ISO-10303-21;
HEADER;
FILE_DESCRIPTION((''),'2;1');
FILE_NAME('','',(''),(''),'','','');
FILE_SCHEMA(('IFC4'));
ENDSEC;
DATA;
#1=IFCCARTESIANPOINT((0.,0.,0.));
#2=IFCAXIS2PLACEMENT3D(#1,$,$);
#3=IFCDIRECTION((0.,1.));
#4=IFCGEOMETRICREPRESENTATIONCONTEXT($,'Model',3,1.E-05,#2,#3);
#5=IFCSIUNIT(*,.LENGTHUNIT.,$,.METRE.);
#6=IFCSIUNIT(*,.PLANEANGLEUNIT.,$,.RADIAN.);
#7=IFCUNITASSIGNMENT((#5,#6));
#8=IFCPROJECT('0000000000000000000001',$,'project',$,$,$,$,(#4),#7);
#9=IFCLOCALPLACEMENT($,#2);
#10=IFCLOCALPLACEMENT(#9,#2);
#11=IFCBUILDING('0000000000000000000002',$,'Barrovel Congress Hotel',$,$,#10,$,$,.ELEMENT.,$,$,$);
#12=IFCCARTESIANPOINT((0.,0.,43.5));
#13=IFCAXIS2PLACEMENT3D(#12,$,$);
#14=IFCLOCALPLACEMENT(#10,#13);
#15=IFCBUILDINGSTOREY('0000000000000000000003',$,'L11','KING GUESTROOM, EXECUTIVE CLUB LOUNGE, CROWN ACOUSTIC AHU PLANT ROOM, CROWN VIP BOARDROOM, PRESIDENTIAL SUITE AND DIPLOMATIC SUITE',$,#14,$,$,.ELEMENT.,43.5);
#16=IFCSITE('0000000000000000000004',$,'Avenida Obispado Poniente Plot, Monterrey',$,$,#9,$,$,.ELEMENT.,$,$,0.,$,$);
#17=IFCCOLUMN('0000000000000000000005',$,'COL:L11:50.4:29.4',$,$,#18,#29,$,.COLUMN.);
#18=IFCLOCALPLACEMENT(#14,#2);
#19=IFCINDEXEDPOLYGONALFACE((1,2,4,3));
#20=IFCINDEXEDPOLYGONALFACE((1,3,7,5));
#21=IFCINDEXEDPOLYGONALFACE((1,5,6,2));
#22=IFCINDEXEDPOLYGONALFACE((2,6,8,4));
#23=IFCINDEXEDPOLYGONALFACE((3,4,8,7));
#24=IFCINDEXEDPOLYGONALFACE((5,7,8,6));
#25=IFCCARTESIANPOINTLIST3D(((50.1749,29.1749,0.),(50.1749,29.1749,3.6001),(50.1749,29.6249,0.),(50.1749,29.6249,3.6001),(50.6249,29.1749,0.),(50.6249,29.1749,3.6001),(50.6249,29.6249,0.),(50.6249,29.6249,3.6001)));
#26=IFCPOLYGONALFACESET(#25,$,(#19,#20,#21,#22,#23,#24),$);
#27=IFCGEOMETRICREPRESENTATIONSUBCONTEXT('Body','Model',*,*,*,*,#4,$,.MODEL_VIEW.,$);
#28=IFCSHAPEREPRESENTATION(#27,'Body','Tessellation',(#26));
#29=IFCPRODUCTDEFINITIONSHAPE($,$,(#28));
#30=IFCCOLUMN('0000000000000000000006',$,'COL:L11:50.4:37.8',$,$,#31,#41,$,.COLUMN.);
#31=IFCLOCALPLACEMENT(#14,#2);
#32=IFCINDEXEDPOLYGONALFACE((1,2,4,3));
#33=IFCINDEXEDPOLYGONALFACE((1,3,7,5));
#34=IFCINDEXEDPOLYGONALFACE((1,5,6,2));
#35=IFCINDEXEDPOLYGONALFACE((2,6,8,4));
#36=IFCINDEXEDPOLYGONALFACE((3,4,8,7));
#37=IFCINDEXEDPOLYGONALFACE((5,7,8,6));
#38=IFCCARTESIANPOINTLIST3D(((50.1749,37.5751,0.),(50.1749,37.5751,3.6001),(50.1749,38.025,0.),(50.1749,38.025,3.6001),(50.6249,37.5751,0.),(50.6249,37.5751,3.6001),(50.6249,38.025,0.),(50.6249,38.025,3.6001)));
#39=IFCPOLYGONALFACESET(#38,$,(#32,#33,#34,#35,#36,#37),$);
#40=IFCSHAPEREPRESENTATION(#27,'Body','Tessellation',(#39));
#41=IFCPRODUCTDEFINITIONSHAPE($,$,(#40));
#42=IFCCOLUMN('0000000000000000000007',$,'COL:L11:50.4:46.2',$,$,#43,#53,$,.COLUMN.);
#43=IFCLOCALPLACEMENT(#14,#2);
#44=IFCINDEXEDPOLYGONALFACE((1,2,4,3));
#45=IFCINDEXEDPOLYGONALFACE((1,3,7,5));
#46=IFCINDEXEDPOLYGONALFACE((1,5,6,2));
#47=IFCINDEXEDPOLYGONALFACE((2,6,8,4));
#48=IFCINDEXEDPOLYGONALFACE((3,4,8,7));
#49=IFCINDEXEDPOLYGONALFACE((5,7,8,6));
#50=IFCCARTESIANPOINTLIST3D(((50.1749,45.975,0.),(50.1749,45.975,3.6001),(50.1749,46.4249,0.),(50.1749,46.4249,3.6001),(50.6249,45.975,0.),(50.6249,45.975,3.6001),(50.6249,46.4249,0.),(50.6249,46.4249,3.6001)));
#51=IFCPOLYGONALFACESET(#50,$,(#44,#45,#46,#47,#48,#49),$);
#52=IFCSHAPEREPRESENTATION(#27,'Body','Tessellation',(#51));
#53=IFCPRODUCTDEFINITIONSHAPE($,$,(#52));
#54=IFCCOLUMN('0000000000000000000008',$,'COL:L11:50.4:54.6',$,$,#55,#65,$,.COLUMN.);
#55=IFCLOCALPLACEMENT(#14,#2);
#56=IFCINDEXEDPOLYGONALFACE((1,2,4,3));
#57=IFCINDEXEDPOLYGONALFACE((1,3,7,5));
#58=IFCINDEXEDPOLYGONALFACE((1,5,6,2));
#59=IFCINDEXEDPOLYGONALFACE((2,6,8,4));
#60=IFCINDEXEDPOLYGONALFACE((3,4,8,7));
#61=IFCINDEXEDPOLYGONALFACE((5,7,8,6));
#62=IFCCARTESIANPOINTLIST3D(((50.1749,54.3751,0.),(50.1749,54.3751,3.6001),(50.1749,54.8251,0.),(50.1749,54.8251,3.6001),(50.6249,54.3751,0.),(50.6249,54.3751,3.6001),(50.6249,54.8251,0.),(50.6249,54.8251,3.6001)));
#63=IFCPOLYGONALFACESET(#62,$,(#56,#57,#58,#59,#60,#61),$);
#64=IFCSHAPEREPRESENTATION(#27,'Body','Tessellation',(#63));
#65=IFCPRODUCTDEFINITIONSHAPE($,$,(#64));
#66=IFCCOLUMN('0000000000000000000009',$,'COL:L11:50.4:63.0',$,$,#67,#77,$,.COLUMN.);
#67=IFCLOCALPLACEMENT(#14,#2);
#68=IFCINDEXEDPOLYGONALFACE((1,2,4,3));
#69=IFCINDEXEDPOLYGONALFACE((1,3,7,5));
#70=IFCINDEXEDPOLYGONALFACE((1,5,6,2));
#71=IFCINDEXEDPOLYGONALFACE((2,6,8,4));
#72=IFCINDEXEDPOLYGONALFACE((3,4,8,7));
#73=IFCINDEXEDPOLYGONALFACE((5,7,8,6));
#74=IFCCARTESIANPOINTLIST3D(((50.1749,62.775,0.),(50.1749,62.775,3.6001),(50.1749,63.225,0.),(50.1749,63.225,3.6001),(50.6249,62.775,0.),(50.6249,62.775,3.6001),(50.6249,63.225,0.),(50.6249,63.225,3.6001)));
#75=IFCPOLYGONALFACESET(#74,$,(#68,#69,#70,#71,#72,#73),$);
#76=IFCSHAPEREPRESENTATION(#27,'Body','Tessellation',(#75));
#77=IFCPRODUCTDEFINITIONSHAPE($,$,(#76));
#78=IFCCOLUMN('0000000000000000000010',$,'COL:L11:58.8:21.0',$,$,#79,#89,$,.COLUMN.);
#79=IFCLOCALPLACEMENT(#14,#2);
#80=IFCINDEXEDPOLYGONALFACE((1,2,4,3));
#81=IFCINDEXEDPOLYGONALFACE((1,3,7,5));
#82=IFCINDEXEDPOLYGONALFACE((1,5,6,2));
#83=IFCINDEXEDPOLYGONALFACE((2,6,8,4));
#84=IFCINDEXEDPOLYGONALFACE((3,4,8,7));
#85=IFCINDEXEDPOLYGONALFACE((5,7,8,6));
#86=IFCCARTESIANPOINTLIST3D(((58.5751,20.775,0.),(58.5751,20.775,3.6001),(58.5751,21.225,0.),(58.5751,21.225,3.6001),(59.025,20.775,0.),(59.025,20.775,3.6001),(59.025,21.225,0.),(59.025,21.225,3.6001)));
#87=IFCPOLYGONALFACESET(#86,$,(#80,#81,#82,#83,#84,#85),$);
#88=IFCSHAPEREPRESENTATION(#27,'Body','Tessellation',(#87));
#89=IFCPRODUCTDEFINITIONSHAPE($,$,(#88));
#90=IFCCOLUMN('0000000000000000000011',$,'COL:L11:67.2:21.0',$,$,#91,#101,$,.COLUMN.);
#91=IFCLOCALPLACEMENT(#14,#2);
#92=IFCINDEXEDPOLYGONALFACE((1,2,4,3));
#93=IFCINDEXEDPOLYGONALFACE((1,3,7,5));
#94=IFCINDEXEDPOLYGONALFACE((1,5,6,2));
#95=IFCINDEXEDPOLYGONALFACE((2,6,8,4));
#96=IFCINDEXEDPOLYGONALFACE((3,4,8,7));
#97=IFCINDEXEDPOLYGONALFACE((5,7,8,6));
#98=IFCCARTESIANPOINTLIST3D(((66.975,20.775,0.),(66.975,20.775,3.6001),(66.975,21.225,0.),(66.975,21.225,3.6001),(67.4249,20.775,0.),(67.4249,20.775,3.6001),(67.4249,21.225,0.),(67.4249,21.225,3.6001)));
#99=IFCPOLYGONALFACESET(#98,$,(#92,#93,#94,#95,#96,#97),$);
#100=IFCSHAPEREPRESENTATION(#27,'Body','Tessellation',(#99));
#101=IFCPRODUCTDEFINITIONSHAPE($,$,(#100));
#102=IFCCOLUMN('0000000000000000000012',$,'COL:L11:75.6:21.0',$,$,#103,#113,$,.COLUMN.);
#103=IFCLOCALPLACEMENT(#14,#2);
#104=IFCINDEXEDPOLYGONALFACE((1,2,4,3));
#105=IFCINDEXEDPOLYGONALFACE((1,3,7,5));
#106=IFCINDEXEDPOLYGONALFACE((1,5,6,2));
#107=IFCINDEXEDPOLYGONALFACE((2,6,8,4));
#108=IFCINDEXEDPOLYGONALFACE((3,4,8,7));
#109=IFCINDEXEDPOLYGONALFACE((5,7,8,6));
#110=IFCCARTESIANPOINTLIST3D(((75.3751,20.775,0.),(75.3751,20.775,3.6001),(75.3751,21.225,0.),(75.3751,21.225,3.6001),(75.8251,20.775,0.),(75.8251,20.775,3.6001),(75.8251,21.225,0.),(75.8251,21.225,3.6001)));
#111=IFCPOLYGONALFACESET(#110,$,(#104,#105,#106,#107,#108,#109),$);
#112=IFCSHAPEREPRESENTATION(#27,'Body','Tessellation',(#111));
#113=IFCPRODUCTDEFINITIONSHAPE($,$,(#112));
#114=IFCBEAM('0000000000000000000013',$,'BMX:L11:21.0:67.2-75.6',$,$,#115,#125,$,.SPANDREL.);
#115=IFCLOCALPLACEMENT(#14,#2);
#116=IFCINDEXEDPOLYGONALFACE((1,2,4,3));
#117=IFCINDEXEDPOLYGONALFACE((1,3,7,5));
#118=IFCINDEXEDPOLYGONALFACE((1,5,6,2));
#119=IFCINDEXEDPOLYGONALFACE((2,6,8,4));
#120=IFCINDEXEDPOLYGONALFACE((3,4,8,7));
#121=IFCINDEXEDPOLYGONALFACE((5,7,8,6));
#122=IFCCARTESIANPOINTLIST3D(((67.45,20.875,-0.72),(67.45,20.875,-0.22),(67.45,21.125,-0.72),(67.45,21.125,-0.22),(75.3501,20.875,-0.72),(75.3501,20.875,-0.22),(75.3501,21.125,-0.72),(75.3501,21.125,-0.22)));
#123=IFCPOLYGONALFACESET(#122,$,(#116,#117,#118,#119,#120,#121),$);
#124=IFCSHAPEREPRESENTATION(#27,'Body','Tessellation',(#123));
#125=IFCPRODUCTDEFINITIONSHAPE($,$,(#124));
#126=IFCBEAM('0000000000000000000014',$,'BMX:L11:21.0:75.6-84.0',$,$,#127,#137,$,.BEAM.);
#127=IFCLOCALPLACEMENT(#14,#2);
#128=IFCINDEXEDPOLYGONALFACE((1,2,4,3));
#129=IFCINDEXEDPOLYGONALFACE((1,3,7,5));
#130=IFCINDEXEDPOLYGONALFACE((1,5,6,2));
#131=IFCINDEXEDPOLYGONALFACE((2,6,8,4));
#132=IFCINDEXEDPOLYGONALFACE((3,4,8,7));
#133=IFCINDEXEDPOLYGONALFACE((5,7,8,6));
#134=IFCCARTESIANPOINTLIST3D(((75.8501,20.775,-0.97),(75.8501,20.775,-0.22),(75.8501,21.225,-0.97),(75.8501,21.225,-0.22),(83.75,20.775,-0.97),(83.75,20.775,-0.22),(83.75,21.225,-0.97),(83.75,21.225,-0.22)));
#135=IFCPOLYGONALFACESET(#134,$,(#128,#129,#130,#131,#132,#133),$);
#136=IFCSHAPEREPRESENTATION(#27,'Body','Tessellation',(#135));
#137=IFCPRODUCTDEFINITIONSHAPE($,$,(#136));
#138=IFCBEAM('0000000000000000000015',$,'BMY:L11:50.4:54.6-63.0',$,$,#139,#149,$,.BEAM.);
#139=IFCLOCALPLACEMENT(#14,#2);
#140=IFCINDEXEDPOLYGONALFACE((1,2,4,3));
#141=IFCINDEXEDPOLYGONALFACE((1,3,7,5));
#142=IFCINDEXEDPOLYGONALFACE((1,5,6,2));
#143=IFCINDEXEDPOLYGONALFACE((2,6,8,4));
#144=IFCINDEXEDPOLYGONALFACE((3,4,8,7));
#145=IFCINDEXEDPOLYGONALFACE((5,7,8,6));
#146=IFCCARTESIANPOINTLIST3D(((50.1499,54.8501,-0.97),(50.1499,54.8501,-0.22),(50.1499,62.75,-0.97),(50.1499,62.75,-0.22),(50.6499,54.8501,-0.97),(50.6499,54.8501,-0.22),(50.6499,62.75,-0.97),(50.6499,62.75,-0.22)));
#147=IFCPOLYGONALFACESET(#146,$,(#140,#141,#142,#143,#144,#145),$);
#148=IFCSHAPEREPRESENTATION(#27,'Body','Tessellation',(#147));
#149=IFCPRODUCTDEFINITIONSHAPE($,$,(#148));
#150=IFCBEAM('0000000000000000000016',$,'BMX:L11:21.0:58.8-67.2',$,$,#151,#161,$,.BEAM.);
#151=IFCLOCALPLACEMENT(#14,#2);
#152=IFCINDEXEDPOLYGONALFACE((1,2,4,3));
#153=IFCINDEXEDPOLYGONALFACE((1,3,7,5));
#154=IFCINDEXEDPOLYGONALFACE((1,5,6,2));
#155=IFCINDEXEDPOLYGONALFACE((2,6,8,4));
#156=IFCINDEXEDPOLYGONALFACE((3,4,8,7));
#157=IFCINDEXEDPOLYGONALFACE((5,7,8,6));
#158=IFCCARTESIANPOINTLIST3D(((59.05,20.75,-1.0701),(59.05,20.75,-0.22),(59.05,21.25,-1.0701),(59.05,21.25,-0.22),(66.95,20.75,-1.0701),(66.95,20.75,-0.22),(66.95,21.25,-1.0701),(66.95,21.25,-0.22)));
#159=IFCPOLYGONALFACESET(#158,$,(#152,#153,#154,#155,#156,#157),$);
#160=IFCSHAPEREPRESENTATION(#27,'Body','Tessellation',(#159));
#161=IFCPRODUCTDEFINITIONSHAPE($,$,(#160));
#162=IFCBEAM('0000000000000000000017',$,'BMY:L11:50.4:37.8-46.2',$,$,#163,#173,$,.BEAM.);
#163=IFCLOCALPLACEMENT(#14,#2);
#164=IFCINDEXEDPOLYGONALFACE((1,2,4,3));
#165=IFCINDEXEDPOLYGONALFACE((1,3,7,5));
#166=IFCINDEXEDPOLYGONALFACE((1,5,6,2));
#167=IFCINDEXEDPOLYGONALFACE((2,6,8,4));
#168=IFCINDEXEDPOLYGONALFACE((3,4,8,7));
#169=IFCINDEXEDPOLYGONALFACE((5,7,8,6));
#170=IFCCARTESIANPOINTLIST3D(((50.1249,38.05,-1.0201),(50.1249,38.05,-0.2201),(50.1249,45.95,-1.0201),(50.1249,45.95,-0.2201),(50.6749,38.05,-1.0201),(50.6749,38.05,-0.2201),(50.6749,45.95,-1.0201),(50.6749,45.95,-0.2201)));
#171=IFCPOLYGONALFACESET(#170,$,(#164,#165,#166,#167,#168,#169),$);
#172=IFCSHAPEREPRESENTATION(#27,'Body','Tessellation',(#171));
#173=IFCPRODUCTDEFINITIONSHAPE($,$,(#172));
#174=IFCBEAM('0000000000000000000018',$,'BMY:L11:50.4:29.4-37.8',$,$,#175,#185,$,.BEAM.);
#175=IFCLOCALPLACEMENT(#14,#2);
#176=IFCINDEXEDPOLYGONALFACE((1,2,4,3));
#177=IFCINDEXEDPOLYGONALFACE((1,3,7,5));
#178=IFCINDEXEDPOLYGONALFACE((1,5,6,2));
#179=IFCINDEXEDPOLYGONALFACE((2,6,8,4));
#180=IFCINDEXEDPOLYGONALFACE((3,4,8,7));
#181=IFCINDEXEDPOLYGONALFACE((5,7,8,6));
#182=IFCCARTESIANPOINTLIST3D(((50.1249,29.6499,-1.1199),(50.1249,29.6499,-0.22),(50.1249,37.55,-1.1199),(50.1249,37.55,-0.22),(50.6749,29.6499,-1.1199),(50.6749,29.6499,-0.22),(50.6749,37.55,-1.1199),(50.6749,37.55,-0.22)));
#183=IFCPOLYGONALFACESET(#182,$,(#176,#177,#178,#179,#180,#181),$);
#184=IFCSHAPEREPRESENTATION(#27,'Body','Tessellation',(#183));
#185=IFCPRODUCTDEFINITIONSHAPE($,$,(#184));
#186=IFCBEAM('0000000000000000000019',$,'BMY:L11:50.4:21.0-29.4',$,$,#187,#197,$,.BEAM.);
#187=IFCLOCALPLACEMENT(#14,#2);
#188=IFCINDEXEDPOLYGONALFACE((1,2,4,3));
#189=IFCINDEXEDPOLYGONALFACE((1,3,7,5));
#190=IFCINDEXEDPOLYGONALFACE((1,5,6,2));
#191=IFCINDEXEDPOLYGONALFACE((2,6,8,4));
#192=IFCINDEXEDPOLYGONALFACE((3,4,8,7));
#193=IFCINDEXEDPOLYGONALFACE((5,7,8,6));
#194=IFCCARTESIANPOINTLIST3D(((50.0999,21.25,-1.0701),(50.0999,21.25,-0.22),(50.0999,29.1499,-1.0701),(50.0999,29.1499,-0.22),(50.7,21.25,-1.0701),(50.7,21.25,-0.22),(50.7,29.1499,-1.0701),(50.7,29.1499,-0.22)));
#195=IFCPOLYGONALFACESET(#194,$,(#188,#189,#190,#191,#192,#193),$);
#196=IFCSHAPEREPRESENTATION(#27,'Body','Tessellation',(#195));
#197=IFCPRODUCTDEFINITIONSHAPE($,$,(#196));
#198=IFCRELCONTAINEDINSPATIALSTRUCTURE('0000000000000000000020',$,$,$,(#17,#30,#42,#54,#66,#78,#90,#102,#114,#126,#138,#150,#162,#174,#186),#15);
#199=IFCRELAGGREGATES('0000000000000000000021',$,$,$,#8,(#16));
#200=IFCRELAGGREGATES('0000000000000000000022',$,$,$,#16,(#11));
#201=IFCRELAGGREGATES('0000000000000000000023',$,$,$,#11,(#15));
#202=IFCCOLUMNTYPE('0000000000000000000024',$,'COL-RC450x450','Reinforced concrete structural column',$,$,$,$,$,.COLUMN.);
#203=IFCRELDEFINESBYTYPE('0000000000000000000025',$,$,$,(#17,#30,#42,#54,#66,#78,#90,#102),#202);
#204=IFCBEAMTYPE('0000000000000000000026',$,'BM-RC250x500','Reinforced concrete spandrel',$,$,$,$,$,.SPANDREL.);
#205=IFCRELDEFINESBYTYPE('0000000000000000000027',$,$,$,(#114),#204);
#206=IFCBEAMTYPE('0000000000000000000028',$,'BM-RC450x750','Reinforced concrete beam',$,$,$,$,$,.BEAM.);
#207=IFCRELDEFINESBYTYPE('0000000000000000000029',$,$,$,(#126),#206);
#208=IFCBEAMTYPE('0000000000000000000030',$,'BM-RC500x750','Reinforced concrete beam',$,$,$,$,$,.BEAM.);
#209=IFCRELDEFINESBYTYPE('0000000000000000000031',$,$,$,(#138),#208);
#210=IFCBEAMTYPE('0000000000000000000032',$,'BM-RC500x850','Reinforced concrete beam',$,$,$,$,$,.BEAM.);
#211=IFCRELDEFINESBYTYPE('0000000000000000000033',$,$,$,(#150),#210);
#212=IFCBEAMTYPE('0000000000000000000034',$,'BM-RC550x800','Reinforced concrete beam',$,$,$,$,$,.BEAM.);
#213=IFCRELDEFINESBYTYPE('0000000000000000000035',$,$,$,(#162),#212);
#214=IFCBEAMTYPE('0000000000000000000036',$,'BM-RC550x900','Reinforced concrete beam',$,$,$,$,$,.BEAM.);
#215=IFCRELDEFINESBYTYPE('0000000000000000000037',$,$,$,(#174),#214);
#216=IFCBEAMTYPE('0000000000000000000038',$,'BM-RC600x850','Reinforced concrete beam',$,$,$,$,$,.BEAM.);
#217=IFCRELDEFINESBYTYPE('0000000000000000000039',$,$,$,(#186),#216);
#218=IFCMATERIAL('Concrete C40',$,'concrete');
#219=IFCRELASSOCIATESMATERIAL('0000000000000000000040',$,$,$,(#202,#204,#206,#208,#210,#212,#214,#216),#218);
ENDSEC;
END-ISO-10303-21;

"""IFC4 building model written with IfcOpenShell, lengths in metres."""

from ifc_helpers import new_model, si_unit, direction, frame, origin, origin_2d, place, context, subcontext, project, spatial, rectangle, extrude, material, material_profile, profile_set, type_object, element, save


model = new_model("IFC4")

# Units and contexts
model_context = context("Model", 3, precision=1e-05, world=origin(), true_north=direction((0.0, 1.0)))
body_context = subcontext(model_context, "Body", "Model", "MODEL_VIEW")
ifc_project = project(units=[si_unit("LENGTHUNIT", "METRE"), si_unit("PLANEANGLEUNIT", "RADIAN")], contexts=[model_context])

# Site, building, storey
site_placement = place(None, origin())
site = spatial("IfcSite", under=ifc_project, at=site_placement, Name="Avenida Obispado Poniente Plot, Monterrey", CompositionType="ELEMENT", RefElevation=0.0)
building_placement = place(site_placement, origin())
building = spatial("IfcBuilding", under=site, at=building_placement, Name="Barrovel Congress Hotel", CompositionType="ELEMENT")
storey_placement = place(building_placement, frame((0.0, 0.0, 43.5)))
storey = spatial("IfcBuildingStorey", under=building, at=storey_placement, Name="L11", Description="KING GUESTROOM, EXECUTIVE CLUB LOUNGE, CROWN ACOUSTIC AHU PLANT ROOM, CROWN VIP BOARDROOM, PRESIDENTIAL SUITE AND DIPLOMATIC SUITE", CompositionType="ELEMENT", Elevation=43.5)

# Columns
ifc_material_1 = material(Name="Concrete C40", Category="concrete")
ifc_material_profile_1 = material_profile(ifc_material_1, rectangle(XDim=0.45, YDim=0.45, at=origin_2d()), Name="RC450x450")
ifc_profile_set_1 = profile_set([ifc_material_profile_1], Name="Concrete C40")
column_type = type_object("IfcColumnType", Name="COL-RC450x450", Description="Reinforced concrete structural column", PredefinedType="COLUMN", material=ifc_profile_set_1)
for number, where, z_axis, x_axis, name in (
    (1, (50.3999, 29.3999, 0.0), (0.0, 0.0, 1.0), (1.0, 0.0, 0.0), "COL:L11:50.4:29.4"),
    (2, (50.3999, 37.8, 0.0), (0.0, 0.0, 1.0), (1.0, 0.0, 0.0), "COL:L11:50.4:37.8"),
    (3, (50.3999, 46.2, 0.0), (0.0, 0.0, 1.0), (1.0, 0.0, 0.0), "COL:L11:50.4:46.2"),
    (4, (50.3999, 54.6001, 0.0), (0.0, 0.0, 1.0), (1.0, 0.0, 0.0), "COL:L11:50.4:54.6"),
    (5, (50.3999, 63.0, 0.0), (0.0, 0.0, 1.0), (1.0, 0.0, 0.0), "COL:L11:50.4:63.0"),
    (6, (58.8, 21.0, 0.0), (0.0, 0.0, 1.0), (1.0, 0.0, 0.0), "COL:L11:58.8:21.0"),
    (7, (67.2, 21.0, 0.0), (0.0, 0.0, 1.0), (1.0, 0.0, 0.0), "COL:L11:67.2:21.0"),
    (8, (75.6001, 21.0, 0.0), (0.0, 0.0, 1.0), (1.0, 0.0, 0.0), "COL:L11:75.6:21.0"),
):
    element("IfcColumn", number, at=place(storey_placement, frame(where, z_axis=z_axis, x_axis=x_axis)), inside=storey, type_object=column_type, Name=name, PredefinedType="COLUMN", context=body_context, shape_type="SweptSolid", body=[
        extrude(rectangle(XDim=0.45, YDim=0.45, at=origin_2d()), origin(), (0.0, 0.0, 1.0), 3.6001),
    ])

# Beams
ifc_material_profile_2 = material_profile(ifc_material_1, rectangle(XDim=0.25, YDim=0.5, at=origin_2d()), Name="RC250x500")
ifc_profile_set_2 = profile_set([ifc_material_profile_2], Name="Concrete C40")
beam_type_1 = type_object("IfcBeamType", Name="BM-RC250x500", Description="Reinforced concrete spandrel", PredefinedType="SPANDREL", material=ifc_profile_set_2)
beam_1_placement = place(storey_placement, frame((67.45, 21.0, -0.47), z_axis=(1.0, 0.0, 0.0), x_axis=(0.0, 1.0, 0.0)))
element("IfcBeam", 9, at=beam_1_placement, inside=storey, type_object=beam_type_1, Name="BMX:L11:21.0:67.2-75.6", PredefinedType="SPANDREL", context=body_context, shape_type="SweptSolid", body=[
    extrude(rectangle(XDim=0.25, YDim=0.5, at=origin_2d()), origin(), (0.0, 0.0, 1.0), 7.9001),
])
ifc_material_profile_3 = material_profile(ifc_material_1, rectangle(XDim=0.45, YDim=0.75, at=origin_2d()), Name="RC450x750")
ifc_profile_set_3 = profile_set([ifc_material_profile_3], Name="Concrete C40")
beam_type_2 = type_object("IfcBeamType", Name="BM-RC450x750", Description="Reinforced concrete beam", PredefinedType="BEAM", material=ifc_profile_set_3)
beam_2_placement = place(storey_placement, frame((75.8501, 21.0, -0.595), z_axis=(1.0, 0.0, 0.0), x_axis=(0.0, 1.0, 0.0)))
element("IfcBeam", 10, at=beam_2_placement, inside=storey, type_object=beam_type_2, Name="BMX:L11:21.0:75.6-84.0", PredefinedType="BEAM", context=body_context, shape_type="SweptSolid", body=[
    extrude(rectangle(XDim=0.45, YDim=0.75, at=origin_2d()), origin(), (0.0, 0.0, 1.0), 7.8999),
])
ifc_material_profile_4 = material_profile(ifc_material_1, rectangle(XDim=0.5, YDim=0.75, at=origin_2d()), Name="RC500x750")
ifc_profile_set_4 = profile_set([ifc_material_profile_4], Name="Concrete C40")
beam_type_3 = type_object("IfcBeamType", Name="BM-RC500x750", Description="Reinforced concrete beam", PredefinedType="BEAM", material=ifc_profile_set_4)
beam_3_placement = place(storey_placement, frame((50.3999, 54.8501, -0.595), z_axis=(0.0, 1.0, 0.0), x_axis=(-1.0, 0.0, 0.0)))
element("IfcBeam", 11, at=beam_3_placement, inside=storey, type_object=beam_type_3, Name="BMY:L11:50.4:54.6-63.0", PredefinedType="BEAM", context=body_context, shape_type="SweptSolid", body=[
    extrude(rectangle(XDim=0.5, YDim=0.75, at=origin_2d()), origin(), (0.0, 0.0, 1.0), 7.8999),
])
ifc_material_profile_5 = material_profile(ifc_material_1, rectangle(XDim=0.5, YDim=0.8501, at=origin_2d()), Name="RC500x850")
ifc_profile_set_5 = profile_set([ifc_material_profile_5], Name="Concrete C40")
beam_type_4 = type_object("IfcBeamType", Name="BM-RC500x850", Description="Reinforced concrete beam", PredefinedType="BEAM", material=ifc_profile_set_5)
beam_4_placement = place(storey_placement, frame((59.05, 21.0, -0.645), z_axis=(1.0, 0.0, 0.0), x_axis=(0.0, 1.0, 0.0)))
element("IfcBeam", 12, at=beam_4_placement, inside=storey, type_object=beam_type_4, Name="BMX:L11:21.0:58.8-67.2", PredefinedType="BEAM", context=body_context, shape_type="SweptSolid", body=[
    extrude(rectangle(XDim=0.5, YDim=0.8501, at=origin_2d()), origin(), (0.0, 0.0, 1.0), 7.8999),
])
ifc_material_profile_6 = material_profile(ifc_material_1, rectangle(XDim=0.55, YDim=0.8, at=origin_2d()), Name="RC550x800")
ifc_profile_set_6 = profile_set([ifc_material_profile_6], Name="Concrete C40")
beam_type_5 = type_object("IfcBeamType", Name="BM-RC550x800", Description="Reinforced concrete beam", PredefinedType="BEAM", material=ifc_profile_set_6)
beam_5_placement = place(storey_placement, frame((50.3999, 38.05, -0.6201), z_axis=(0.0, 1.0, 0.0), x_axis=(-1.0, 0.0, 0.0)))
element("IfcBeam", 13, at=beam_5_placement, inside=storey, type_object=beam_type_5, Name="BMY:L11:50.4:37.8-46.2", PredefinedType="BEAM", context=body_context, shape_type="SweptSolid", body=[
    extrude(rectangle(XDim=0.55, YDim=0.8, at=origin_2d()), origin(), (0.0, 0.0, 1.0), 7.8999),
])
ifc_material_profile_7 = material_profile(ifc_material_1, rectangle(XDim=0.55, YDim=0.8999, at=origin_2d()), Name="RC550x900")
ifc_profile_set_7 = profile_set([ifc_material_profile_7], Name="Concrete C40")
beam_type_6 = type_object("IfcBeamType", Name="BM-RC550x900", Description="Reinforced concrete beam", PredefinedType="BEAM", material=ifc_profile_set_7)
beam_6_placement = place(storey_placement, frame((50.3999, 29.6499, -0.6699), z_axis=(0.0, 1.0, 0.0), x_axis=(-1.0, 0.0, 0.0)))
element("IfcBeam", 14, at=beam_6_placement, inside=storey, type_object=beam_type_6, Name="BMY:L11:50.4:29.4-37.8", PredefinedType="BEAM", context=body_context, shape_type="SweptSolid", body=[
    extrude(rectangle(XDim=0.55, YDim=0.8999, at=origin_2d()), origin(), (0.0, 0.0, 1.0), 7.9001),
])
ifc_material_profile_8 = material_profile(ifc_material_1, rectangle(XDim=0.6001, YDim=0.8501, at=origin_2d()), Name="RC600x850")
ifc_profile_set_8 = profile_set([ifc_material_profile_8], Name="Concrete C40")
beam_type_7 = type_object("IfcBeamType", Name="BM-RC600x850", Description="Reinforced concrete beam", PredefinedType="BEAM", material=ifc_profile_set_8)
beam_7_placement = place(storey_placement, frame((50.3999, 21.25, -0.645), z_axis=(0.0, 1.0, 0.0), x_axis=(-1.0, 0.0, 0.0)))
element("IfcBeam", 15, at=beam_7_placement, inside=storey, type_object=beam_type_7, Name="BMY:L11:50.4:21.0-29.4", PredefinedType="BEAM", context=body_context, shape_type="SweptSolid", body=[
    extrude(rectangle(XDim=0.6001, YDim=0.8501, at=origin_2d()), origin(), (0.0, 0.0, 1.0), 7.8999),
])

save(model, "model.ifc")
